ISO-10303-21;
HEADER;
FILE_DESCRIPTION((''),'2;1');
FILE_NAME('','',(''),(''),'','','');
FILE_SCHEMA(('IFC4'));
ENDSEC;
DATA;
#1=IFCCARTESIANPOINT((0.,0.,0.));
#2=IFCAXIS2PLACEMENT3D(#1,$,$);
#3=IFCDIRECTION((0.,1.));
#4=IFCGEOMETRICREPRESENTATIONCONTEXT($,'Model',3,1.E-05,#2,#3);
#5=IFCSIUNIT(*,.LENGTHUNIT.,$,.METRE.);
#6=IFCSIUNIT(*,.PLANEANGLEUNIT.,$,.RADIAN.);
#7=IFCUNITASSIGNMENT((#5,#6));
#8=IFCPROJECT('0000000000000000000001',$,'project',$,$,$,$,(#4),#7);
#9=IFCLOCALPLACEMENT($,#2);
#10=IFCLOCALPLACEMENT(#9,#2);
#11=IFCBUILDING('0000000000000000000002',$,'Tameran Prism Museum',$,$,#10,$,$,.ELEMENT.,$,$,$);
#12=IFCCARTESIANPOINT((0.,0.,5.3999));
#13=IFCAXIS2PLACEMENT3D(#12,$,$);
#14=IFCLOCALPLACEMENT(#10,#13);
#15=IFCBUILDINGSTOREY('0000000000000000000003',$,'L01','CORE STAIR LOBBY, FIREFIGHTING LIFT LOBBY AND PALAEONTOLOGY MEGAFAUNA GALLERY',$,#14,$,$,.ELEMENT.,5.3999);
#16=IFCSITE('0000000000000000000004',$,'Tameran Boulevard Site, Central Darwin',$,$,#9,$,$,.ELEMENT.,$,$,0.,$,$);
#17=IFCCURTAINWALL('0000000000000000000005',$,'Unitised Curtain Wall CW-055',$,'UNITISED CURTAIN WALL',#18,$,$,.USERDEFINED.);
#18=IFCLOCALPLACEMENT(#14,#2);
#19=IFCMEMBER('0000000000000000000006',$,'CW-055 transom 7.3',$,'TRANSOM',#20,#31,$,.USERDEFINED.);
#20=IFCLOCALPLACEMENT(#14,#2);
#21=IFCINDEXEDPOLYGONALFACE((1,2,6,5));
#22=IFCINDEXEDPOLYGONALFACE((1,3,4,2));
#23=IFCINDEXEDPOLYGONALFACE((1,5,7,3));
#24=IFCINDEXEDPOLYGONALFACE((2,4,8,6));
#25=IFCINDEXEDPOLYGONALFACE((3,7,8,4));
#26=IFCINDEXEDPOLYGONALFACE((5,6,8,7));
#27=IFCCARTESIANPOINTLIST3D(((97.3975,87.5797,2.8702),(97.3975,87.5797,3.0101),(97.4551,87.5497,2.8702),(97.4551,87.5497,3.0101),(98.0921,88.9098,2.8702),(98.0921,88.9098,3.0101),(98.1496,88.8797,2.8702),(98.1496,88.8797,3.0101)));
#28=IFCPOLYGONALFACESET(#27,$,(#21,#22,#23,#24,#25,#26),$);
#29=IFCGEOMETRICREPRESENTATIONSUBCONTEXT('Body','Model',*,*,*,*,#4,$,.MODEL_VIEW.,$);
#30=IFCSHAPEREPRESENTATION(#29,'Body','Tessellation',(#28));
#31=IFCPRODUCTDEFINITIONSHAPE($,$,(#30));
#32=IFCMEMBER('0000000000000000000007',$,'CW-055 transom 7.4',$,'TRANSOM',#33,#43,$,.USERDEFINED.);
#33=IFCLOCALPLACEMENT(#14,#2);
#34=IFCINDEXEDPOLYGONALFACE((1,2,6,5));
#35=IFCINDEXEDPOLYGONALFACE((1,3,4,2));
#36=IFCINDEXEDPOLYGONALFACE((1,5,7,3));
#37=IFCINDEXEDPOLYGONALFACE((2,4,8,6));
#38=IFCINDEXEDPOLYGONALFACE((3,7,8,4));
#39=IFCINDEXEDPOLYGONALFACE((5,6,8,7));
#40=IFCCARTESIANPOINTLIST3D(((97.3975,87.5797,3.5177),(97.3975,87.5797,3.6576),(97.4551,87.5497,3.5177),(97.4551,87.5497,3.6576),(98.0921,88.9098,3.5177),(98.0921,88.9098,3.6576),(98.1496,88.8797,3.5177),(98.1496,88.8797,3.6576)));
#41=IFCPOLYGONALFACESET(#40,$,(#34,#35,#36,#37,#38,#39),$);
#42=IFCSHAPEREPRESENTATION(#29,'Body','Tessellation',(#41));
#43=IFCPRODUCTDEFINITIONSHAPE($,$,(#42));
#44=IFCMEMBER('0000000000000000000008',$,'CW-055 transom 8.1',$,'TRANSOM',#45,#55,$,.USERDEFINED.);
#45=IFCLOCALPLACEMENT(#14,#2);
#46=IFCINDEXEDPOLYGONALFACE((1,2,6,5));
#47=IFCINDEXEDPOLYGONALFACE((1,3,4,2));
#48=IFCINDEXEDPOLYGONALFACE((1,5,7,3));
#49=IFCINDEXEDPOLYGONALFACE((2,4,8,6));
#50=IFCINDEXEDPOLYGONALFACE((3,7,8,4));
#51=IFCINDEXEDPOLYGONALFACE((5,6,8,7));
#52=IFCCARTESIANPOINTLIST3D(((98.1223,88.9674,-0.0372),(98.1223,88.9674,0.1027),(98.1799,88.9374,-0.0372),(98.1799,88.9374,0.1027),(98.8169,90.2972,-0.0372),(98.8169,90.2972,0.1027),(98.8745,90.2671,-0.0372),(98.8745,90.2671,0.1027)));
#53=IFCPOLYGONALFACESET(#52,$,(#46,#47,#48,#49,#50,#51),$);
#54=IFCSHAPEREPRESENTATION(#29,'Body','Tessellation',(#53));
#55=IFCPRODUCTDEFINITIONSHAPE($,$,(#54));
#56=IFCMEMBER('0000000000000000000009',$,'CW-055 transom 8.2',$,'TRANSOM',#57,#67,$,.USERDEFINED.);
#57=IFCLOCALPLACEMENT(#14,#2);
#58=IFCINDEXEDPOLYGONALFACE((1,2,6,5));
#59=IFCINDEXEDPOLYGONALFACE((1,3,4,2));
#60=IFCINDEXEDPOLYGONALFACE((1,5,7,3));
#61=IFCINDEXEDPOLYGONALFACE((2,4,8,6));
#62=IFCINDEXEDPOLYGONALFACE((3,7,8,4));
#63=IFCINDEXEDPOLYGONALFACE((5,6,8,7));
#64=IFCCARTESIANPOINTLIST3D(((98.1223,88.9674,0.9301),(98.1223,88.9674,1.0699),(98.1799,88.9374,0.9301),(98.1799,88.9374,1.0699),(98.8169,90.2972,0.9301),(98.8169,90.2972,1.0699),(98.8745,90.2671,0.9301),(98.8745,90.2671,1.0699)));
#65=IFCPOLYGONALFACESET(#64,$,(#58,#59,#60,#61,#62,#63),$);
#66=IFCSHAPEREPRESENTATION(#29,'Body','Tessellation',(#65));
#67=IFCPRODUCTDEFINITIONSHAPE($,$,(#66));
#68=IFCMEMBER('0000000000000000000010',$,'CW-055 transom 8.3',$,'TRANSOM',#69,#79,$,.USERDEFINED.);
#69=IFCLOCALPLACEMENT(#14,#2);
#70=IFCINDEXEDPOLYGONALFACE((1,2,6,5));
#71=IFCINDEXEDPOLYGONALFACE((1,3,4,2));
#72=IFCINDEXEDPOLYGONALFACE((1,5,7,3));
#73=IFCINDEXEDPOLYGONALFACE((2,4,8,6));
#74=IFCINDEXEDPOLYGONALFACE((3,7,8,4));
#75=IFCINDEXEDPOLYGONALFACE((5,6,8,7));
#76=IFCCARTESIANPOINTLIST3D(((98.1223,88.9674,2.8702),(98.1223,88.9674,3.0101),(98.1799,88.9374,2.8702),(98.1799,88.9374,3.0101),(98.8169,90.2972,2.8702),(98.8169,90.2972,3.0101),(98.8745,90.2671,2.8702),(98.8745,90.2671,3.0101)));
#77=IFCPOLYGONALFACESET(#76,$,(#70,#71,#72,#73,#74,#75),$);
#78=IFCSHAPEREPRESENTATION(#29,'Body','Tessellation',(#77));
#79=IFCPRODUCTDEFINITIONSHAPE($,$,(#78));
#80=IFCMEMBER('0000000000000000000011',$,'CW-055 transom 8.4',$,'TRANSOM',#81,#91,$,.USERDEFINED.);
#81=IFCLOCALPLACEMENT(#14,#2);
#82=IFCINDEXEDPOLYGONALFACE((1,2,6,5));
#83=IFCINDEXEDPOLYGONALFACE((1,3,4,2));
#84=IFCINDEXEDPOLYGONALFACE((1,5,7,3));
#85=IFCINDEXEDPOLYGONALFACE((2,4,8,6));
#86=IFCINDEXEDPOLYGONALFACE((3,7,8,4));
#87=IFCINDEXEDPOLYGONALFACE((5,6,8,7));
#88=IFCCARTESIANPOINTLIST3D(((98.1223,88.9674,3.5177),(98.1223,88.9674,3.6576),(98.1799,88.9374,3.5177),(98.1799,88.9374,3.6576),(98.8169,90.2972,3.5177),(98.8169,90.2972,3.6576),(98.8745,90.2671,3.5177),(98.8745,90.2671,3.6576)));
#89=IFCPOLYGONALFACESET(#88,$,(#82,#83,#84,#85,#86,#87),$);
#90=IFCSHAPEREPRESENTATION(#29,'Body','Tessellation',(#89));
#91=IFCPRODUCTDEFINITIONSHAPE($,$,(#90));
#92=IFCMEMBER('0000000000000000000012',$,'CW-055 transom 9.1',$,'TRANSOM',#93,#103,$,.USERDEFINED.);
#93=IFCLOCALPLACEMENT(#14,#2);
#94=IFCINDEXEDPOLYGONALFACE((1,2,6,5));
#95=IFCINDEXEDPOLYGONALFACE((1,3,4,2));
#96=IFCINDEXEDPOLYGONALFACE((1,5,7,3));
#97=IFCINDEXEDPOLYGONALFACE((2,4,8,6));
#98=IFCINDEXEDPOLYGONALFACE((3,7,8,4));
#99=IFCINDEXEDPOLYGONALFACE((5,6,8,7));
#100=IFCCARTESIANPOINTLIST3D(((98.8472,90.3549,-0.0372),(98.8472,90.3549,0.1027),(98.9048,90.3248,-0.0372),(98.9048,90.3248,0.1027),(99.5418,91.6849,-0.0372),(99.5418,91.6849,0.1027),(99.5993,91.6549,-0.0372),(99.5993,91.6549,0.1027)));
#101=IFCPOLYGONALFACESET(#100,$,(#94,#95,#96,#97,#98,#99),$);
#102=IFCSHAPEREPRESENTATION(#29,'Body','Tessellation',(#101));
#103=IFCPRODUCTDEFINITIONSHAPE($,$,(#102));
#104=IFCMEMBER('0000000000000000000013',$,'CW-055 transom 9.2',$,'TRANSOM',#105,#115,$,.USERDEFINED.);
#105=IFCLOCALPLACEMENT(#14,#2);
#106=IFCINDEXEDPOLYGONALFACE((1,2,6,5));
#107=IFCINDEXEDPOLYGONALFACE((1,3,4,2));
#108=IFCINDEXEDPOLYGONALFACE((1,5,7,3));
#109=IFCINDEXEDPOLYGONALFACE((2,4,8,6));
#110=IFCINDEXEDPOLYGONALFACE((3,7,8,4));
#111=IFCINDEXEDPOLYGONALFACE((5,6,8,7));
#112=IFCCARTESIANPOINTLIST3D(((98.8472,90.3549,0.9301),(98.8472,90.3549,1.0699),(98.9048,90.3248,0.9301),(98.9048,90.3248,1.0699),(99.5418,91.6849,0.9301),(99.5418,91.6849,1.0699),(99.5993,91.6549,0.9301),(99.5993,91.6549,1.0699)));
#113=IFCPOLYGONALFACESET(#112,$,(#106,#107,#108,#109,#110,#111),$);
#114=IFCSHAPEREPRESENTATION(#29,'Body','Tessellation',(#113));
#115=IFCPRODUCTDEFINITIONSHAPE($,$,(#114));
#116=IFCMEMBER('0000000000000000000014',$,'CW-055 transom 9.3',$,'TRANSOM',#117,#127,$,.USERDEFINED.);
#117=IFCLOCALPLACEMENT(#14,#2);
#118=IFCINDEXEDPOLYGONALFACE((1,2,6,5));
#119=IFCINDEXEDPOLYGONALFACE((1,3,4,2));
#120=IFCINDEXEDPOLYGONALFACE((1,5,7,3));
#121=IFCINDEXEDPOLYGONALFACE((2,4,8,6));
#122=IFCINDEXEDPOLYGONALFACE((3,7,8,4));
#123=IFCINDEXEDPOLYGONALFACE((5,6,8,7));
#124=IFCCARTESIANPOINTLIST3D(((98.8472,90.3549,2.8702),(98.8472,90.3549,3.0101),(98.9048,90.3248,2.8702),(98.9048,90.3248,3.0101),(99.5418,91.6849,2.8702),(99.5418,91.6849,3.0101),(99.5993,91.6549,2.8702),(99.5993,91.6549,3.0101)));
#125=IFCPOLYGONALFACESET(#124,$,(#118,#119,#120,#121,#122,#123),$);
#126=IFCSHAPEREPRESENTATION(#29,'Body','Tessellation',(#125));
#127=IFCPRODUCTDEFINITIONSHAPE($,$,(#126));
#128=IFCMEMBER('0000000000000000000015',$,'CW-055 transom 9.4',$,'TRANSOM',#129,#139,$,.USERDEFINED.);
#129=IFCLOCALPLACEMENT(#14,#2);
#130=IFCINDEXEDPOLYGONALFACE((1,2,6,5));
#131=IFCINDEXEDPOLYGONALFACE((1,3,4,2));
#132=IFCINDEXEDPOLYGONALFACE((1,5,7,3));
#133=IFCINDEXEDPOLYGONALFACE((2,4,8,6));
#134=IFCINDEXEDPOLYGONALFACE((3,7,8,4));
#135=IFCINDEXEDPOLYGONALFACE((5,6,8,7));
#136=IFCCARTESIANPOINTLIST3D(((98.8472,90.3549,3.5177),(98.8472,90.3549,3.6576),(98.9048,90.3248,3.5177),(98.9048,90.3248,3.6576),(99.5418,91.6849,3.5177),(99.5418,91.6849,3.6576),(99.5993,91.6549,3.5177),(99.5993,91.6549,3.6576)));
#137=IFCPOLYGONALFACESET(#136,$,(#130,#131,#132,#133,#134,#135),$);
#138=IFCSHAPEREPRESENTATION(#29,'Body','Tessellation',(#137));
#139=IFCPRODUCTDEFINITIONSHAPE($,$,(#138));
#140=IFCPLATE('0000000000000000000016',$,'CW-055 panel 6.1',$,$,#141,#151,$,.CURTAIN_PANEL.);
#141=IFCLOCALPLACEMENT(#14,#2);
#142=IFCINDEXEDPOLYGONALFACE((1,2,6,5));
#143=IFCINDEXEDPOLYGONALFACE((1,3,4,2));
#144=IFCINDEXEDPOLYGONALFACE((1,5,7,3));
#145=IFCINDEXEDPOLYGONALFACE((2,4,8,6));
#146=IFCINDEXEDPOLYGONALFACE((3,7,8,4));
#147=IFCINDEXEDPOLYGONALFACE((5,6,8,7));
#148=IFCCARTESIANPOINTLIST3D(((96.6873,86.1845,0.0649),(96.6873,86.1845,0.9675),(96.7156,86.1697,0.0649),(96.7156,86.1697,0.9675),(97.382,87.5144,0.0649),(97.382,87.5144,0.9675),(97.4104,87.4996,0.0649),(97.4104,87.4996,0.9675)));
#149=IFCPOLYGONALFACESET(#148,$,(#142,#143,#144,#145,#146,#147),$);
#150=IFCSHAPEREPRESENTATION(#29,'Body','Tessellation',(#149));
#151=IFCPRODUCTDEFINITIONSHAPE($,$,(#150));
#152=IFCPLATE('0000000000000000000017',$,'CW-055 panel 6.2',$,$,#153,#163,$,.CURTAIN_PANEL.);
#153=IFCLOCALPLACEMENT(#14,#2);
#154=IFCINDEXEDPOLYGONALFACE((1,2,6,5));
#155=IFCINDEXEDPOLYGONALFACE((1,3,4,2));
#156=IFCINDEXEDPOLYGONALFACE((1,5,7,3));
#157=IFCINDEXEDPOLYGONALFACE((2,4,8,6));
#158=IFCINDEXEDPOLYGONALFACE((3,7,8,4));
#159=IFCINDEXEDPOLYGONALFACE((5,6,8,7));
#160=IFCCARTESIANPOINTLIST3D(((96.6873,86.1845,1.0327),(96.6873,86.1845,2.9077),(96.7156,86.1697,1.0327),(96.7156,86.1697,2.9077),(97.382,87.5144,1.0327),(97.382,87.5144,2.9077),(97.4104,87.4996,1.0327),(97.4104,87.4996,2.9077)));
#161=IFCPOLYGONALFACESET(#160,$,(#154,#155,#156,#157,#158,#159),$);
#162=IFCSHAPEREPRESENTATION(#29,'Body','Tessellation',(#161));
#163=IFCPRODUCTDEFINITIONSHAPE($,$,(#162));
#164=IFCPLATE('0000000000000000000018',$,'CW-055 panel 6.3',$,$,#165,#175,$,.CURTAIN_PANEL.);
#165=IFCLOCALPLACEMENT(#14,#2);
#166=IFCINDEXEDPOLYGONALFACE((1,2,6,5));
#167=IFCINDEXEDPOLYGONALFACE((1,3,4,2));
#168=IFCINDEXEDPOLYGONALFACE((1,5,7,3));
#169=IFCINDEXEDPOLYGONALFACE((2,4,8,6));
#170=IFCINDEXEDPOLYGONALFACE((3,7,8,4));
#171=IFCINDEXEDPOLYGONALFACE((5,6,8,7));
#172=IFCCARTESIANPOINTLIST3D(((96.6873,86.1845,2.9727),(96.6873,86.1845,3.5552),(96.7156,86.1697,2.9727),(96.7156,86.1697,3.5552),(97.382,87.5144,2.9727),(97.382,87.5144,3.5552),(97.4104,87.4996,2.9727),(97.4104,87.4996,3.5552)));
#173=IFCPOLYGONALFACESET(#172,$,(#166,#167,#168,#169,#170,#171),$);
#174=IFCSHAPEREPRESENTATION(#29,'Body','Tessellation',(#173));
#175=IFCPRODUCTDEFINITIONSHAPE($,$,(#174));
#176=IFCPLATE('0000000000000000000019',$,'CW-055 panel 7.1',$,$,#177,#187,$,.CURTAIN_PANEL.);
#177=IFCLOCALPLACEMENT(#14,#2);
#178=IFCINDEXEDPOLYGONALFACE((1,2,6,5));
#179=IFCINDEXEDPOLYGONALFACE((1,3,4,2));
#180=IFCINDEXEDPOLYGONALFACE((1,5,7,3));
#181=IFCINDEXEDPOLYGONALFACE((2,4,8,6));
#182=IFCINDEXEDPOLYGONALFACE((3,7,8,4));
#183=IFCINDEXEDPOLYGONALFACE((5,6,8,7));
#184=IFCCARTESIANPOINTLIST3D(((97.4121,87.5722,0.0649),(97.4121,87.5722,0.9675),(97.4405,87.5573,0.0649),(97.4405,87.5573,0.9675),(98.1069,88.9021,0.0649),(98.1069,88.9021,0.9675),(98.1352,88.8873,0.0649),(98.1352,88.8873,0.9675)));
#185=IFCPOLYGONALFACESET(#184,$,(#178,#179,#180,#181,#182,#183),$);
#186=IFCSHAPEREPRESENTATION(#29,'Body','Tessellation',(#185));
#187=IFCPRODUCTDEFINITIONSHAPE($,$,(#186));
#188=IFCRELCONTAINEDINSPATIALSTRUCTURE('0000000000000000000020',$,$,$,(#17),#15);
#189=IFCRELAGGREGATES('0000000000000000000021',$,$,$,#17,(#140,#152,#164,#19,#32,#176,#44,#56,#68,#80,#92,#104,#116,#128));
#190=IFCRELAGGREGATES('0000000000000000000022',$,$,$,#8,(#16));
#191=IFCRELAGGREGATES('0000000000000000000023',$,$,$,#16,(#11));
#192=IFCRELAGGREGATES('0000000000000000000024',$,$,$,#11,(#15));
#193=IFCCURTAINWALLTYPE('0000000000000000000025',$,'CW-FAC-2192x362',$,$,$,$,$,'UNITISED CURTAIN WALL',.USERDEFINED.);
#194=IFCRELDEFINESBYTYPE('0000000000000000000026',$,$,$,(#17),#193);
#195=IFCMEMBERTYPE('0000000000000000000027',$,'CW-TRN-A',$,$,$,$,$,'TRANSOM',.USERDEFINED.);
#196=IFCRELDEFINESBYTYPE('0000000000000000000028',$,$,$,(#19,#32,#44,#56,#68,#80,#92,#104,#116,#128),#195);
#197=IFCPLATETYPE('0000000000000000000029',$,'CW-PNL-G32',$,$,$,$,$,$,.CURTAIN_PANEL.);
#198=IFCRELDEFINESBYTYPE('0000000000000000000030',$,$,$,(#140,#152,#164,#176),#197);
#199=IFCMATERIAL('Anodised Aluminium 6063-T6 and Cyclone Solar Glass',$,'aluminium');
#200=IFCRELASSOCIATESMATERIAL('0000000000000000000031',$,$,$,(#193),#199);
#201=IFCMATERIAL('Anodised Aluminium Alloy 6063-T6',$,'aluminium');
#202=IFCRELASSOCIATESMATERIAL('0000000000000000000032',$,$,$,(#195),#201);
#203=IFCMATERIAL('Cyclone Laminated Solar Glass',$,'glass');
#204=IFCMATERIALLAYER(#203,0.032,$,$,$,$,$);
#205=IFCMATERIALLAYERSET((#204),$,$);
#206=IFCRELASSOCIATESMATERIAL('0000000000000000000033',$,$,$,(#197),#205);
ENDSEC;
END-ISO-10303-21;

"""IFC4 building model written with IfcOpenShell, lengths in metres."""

from ifc_helpers import new_model, si_unit, direction, frame, origin, origin_2d, place, context, subcontext, project, spatial, rectangle, extrude, material, layer, layer_set, material_profile, profile_set, type_object, element, aggregate, save


model = new_model("IFC4")

# Units and contexts
model_context = context("Model", 3, precision=1e-05, world=origin(), true_north=direction((0.0, 1.0)))
body_context = subcontext(model_context, "Body", "Model", "MODEL_VIEW")
ifc_project = project(units=[si_unit("LENGTHUNIT", "METRE"), si_unit("PLANEANGLEUNIT", "RADIAN")], contexts=[model_context])

# Site, building, storey
site_placement = place(None, origin())
site = spatial("IfcSite", under=ifc_project, at=site_placement, Name="Tameran Boulevard Site, Central Darwin", CompositionType="ELEMENT", RefElevation=0.0)
building_placement = place(site_placement, origin())
building = spatial("IfcBuilding", under=site, at=building_placement, Name="Tameran Prism Museum", CompositionType="ELEMENT")
storey_placement = place(building_placement, frame((0.0, 0.0, 5.3999)))
storey = spatial("IfcBuildingStorey", under=building, at=storey_placement, Name="L01", Description="CORE STAIR LOBBY, FIREFIGHTING LIFT LOBBY AND PALAEONTOLOGY MEGAFAUNA GALLERY", CompositionType="ELEMENT", Elevation=5.3999)

# Curtain wall, members, plates
ifc_material_1 = material(Name="Anodised Aluminium 6063-T6 and Cyclone Solar Glass", Category="aluminium")
curtain_wall_type = type_object("IfcCurtainWallType", Name="CW-FAC-2192x362", ElementType="UNITISED CURTAIN WALL", PredefinedType="USERDEFINED", material=ifc_material_1)
curtain_wall_placement = place(storey_placement, origin())
curtain_wall = element("IfcCurtainWall", 1, at=curtain_wall_placement, inside=storey, type_object=curtain_wall_type, Name="Unitised Curtain Wall CW-055", ObjectType="UNITISED CURTAIN WALL", PredefinedType="USERDEFINED")
ifc_material_2 = material(Name="Anodised Aluminium Alloy 6063-T6", Category="aluminium")
ifc_material_profile_1 = material_profile(ifc_material_2, rectangle(XDim=0.0649, YDim=0.1399, at=origin_2d()))
ifc_profile_set_1 = profile_set([ifc_material_profile_1])
member_type_1 = type_object("IfcMemberType", Name="CW-TRN-A", ElementType="TRANSOM", PredefinedType="USERDEFINED", material=ifc_profile_set_1)
member_1_placement = place(storey_placement, frame((97.4263, 87.5647, 2.9402), z_axis=(0.462894, 0.886414, 0.0), x_axis=(-0.886414, 0.462894, 0.0)))
member_1 = element("IfcMember", 2, at=member_1_placement, type_object=member_type_1, Name="CW-055 transom 7.3", ObjectType="TRANSOM", PredefinedType="USERDEFINED", context=body_context, shape_type="SweptSolid", body=[
    extrude(rectangle(XDim=0.0649, YDim=0.1399, at=origin_2d()), origin(), (0.0, 0.0, 1.0), 1.5005),
])
member_2_placement = place(storey_placement, frame((97.4263, 87.5647, 3.5876), z_axis=(0.462894, 0.886414, 0.0), x_axis=(-0.886414, 0.462894, 0.0)))
member_2 = element("IfcMember", 3, at=member_2_placement, type_object=member_type_1, Name="CW-055 transom 7.4", ObjectType="TRANSOM", PredefinedType="USERDEFINED", context=body_context, shape_type="SweptSolid", body=[
    extrude(rectangle(XDim=0.0649, YDim=0.1399, at=origin_2d()), origin(), (0.0, 0.0, 1.0), 1.5005),
])
member_3_placement = place(storey_placement, frame((98.1511, 88.9524, 0.0327), z_axis=(0.462961, 0.886379, 0.0), x_axis=(-0.886379, 0.462961, 0.0)))
member_3 = element("IfcMember", 4, at=member_3_placement, type_object=member_type_1, Name="CW-055 transom 8.1", ObjectType="TRANSOM", PredefinedType="USERDEFINED", context=body_context, shape_type="SweptSolid", body=[
    extrude(rectangle(XDim=0.0649, YDim=0.1399, at=origin_2d()), origin(), (0.0, 0.0, 1.0), 1.5002),
])
member_4_placement = place(storey_placement, frame((98.1511, 88.9524, 1.0), z_axis=(0.462961, 0.886379, 0.0), x_axis=(-0.886379, 0.462961, 0.0)))
member_4 = element("IfcMember", 5, at=member_4_placement, type_object=member_type_1, Name="CW-055 transom 8.2", ObjectType="TRANSOM", PredefinedType="USERDEFINED", context=body_context, shape_type="SweptSolid", body=[
    extrude(rectangle(XDim=0.0649, YDim=0.1399, at=origin_2d()), origin(), (0.0, 0.0, 1.0), 1.5002),
])
member_5_placement = place(storey_placement, frame((98.1511, 88.9524, 2.9402), z_axis=(0.462961, 0.886379, 0.0), x_axis=(-0.886379, 0.462961, 0.0)))
member_5 = element("IfcMember", 6, at=member_5_placement, type_object=member_type_1, Name="CW-055 transom 8.3", ObjectType="TRANSOM", PredefinedType="USERDEFINED", context=body_context, shape_type="SweptSolid", body=[
    extrude(rectangle(XDim=0.0649, YDim=0.1399, at=origin_2d()), origin(), (0.0, 0.0, 1.0), 1.5002),
])
member_6_placement = place(storey_placement, frame((98.1511, 88.9524, 3.5876), z_axis=(0.462961, 0.886379, 0.0), x_axis=(-0.886379, 0.462961, 0.0)))
member_6 = element("IfcMember", 7, at=member_6_placement, type_object=member_type_1, Name="CW-055 transom 8.4", ObjectType="TRANSOM", PredefinedType="USERDEFINED", context=body_context, shape_type="SweptSolid", body=[
    extrude(rectangle(XDim=0.0649, YDim=0.1399, at=origin_2d()), origin(), (0.0, 0.0, 1.0), 1.5002),
])
member_7_placement = place(storey_placement, frame((98.876, 90.3398, 0.0327), z_axis=(0.462894, 0.886414, 0.0), x_axis=(-0.886414, 0.462894, 0.0)))
member_7 = element("IfcMember", 8, at=member_7_placement, type_object=member_type_1, Name="CW-055 transom 9.1", ObjectType="TRANSOM", PredefinedType="USERDEFINED", context=body_context, shape_type="SweptSolid", body=[
    extrude(rectangle(XDim=0.0649, YDim=0.1399, at=origin_2d()), origin(), (0.0, 0.0, 1.0), 1.5005),
])
member_8_placement = place(storey_placement, frame((98.876, 90.3398, 1.0), z_axis=(0.462894, 0.886414, 0.0), x_axis=(-0.886414, 0.462894, 0.0)))
member_8 = element("IfcMember", 9, at=member_8_placement, type_object=member_type_1, Name="CW-055 transom 9.2", ObjectType="TRANSOM", PredefinedType="USERDEFINED", context=body_context, shape_type="SweptSolid", body=[
    extrude(rectangle(XDim=0.0649, YDim=0.1399, at=origin_2d()), origin(), (0.0, 0.0, 1.0), 1.5005),
])
member_9_placement = place(storey_placement, frame((98.876, 90.3398, 2.9402), z_axis=(0.462894, 0.886414, 0.0), x_axis=(-0.886414, 0.462894, 0.0)))
member_9 = element("IfcMember", 10, at=member_9_placement, type_object=member_type_1, Name="CW-055 transom 9.3", ObjectType="TRANSOM", PredefinedType="USERDEFINED", context=body_context, shape_type="SweptSolid", body=[
    extrude(rectangle(XDim=0.0649, YDim=0.1399, at=origin_2d()), origin(), (0.0, 0.0, 1.0), 1.5005),
])
member_10_placement = place(storey_placement, frame((98.876, 90.3398, 3.5876), z_axis=(0.462894, 0.886414, 0.0), x_axis=(-0.886414, 0.462894, 0.0)))
member_10 = element("IfcMember", 11, at=member_10_placement, type_object=member_type_1, Name="CW-055 transom 9.4", ObjectType="TRANSOM", PredefinedType="USERDEFINED", context=body_context, shape_type="SweptSolid", body=[
    extrude(rectangle(XDim=0.0649, YDim=0.1399, at=origin_2d()), origin(), (0.0, 0.0, 1.0), 1.5005),
])
ifc_material_3 = material(Name="Cyclone Laminated Solar Glass", Category="glass")
ifc_layer_1 = layer(ifc_material_3, 0.032)
ifc_layer_set_1 = layer_set([ifc_layer_1])
plate_type = type_object("IfcPlateType", Name="CW-PNL-G32", PredefinedType="CURTAIN_PANEL", material=ifc_layer_set_1)
plate_1_placement = place(storey_placement, frame((97.0488, 86.842, 0.0649), z_axis=(0.0, 0.0, 1.0), x_axis=(0.463003, 0.886357, 0.0)))
plate_1 = element("IfcPlate", 12, at=plate_1_placement, type_object=plate_type, Name="CW-055 panel 6.1", PredefinedType="CURTAIN_PANEL", context=body_context, shape_type="SweptSolid", body=[
    extrude(rectangle(XDim=1.5005, YDim=0.032, at=origin_2d()), origin(), (0.0, 0.0, 1.0), 0.9026),
])
plate_2_placement = place(storey_placement, frame((97.0488, 86.842, 1.0327), z_axis=(0.0, 0.0, 1.0), x_axis=(0.463003, 0.886357, 0.0)))
plate_2 = element("IfcPlate", 13, at=plate_2_placement, type_object=plate_type, Name="CW-055 panel 6.2", PredefinedType="CURTAIN_PANEL", context=body_context, shape_type="SweptSolid", body=[
    extrude(rectangle(XDim=1.5005, YDim=0.032, at=origin_2d()), origin(), (0.0, 0.0, 1.0), 1.875),
])
plate_3_placement = place(storey_placement, frame((97.0488, 86.842, 2.9727), z_axis=(0.0, 0.0, 1.0), x_axis=(0.463003, 0.886357, 0.0)))
plate_3 = element("IfcPlate", 14, at=plate_3_placement, type_object=plate_type, Name="CW-055 panel 6.3", PredefinedType="CURTAIN_PANEL", context=body_context, shape_type="SweptSolid", body=[
    extrude(rectangle(XDim=1.5005, YDim=0.032, at=origin_2d()), origin(), (0.0, 0.0, 1.0), 0.5825),
])
plate_4_placement = place(storey_placement, frame((97.7737, 88.2297, 0.0649), z_axis=(0.0, 0.0, 1.0), x_axis=(0.463003, 0.886357, 0.0)))
plate_4 = element("IfcPlate", 15, at=plate_4_placement, type_object=plate_type, Name="CW-055 panel 7.1", PredefinedType="CURTAIN_PANEL", context=body_context, shape_type="SweptSolid", body=[
    extrude(rectangle(XDim=1.5005, YDim=0.032, at=origin_2d()), origin(), (0.0, 0.0, 1.0), 0.9026),
])
aggregate(curtain_wall, [plate_1, plate_2, plate_3, member_1, member_2, plate_4, member_3, member_4, member_5, member_6, member_7, member_8, member_9, member_10])

save(model, "model.ifc")
